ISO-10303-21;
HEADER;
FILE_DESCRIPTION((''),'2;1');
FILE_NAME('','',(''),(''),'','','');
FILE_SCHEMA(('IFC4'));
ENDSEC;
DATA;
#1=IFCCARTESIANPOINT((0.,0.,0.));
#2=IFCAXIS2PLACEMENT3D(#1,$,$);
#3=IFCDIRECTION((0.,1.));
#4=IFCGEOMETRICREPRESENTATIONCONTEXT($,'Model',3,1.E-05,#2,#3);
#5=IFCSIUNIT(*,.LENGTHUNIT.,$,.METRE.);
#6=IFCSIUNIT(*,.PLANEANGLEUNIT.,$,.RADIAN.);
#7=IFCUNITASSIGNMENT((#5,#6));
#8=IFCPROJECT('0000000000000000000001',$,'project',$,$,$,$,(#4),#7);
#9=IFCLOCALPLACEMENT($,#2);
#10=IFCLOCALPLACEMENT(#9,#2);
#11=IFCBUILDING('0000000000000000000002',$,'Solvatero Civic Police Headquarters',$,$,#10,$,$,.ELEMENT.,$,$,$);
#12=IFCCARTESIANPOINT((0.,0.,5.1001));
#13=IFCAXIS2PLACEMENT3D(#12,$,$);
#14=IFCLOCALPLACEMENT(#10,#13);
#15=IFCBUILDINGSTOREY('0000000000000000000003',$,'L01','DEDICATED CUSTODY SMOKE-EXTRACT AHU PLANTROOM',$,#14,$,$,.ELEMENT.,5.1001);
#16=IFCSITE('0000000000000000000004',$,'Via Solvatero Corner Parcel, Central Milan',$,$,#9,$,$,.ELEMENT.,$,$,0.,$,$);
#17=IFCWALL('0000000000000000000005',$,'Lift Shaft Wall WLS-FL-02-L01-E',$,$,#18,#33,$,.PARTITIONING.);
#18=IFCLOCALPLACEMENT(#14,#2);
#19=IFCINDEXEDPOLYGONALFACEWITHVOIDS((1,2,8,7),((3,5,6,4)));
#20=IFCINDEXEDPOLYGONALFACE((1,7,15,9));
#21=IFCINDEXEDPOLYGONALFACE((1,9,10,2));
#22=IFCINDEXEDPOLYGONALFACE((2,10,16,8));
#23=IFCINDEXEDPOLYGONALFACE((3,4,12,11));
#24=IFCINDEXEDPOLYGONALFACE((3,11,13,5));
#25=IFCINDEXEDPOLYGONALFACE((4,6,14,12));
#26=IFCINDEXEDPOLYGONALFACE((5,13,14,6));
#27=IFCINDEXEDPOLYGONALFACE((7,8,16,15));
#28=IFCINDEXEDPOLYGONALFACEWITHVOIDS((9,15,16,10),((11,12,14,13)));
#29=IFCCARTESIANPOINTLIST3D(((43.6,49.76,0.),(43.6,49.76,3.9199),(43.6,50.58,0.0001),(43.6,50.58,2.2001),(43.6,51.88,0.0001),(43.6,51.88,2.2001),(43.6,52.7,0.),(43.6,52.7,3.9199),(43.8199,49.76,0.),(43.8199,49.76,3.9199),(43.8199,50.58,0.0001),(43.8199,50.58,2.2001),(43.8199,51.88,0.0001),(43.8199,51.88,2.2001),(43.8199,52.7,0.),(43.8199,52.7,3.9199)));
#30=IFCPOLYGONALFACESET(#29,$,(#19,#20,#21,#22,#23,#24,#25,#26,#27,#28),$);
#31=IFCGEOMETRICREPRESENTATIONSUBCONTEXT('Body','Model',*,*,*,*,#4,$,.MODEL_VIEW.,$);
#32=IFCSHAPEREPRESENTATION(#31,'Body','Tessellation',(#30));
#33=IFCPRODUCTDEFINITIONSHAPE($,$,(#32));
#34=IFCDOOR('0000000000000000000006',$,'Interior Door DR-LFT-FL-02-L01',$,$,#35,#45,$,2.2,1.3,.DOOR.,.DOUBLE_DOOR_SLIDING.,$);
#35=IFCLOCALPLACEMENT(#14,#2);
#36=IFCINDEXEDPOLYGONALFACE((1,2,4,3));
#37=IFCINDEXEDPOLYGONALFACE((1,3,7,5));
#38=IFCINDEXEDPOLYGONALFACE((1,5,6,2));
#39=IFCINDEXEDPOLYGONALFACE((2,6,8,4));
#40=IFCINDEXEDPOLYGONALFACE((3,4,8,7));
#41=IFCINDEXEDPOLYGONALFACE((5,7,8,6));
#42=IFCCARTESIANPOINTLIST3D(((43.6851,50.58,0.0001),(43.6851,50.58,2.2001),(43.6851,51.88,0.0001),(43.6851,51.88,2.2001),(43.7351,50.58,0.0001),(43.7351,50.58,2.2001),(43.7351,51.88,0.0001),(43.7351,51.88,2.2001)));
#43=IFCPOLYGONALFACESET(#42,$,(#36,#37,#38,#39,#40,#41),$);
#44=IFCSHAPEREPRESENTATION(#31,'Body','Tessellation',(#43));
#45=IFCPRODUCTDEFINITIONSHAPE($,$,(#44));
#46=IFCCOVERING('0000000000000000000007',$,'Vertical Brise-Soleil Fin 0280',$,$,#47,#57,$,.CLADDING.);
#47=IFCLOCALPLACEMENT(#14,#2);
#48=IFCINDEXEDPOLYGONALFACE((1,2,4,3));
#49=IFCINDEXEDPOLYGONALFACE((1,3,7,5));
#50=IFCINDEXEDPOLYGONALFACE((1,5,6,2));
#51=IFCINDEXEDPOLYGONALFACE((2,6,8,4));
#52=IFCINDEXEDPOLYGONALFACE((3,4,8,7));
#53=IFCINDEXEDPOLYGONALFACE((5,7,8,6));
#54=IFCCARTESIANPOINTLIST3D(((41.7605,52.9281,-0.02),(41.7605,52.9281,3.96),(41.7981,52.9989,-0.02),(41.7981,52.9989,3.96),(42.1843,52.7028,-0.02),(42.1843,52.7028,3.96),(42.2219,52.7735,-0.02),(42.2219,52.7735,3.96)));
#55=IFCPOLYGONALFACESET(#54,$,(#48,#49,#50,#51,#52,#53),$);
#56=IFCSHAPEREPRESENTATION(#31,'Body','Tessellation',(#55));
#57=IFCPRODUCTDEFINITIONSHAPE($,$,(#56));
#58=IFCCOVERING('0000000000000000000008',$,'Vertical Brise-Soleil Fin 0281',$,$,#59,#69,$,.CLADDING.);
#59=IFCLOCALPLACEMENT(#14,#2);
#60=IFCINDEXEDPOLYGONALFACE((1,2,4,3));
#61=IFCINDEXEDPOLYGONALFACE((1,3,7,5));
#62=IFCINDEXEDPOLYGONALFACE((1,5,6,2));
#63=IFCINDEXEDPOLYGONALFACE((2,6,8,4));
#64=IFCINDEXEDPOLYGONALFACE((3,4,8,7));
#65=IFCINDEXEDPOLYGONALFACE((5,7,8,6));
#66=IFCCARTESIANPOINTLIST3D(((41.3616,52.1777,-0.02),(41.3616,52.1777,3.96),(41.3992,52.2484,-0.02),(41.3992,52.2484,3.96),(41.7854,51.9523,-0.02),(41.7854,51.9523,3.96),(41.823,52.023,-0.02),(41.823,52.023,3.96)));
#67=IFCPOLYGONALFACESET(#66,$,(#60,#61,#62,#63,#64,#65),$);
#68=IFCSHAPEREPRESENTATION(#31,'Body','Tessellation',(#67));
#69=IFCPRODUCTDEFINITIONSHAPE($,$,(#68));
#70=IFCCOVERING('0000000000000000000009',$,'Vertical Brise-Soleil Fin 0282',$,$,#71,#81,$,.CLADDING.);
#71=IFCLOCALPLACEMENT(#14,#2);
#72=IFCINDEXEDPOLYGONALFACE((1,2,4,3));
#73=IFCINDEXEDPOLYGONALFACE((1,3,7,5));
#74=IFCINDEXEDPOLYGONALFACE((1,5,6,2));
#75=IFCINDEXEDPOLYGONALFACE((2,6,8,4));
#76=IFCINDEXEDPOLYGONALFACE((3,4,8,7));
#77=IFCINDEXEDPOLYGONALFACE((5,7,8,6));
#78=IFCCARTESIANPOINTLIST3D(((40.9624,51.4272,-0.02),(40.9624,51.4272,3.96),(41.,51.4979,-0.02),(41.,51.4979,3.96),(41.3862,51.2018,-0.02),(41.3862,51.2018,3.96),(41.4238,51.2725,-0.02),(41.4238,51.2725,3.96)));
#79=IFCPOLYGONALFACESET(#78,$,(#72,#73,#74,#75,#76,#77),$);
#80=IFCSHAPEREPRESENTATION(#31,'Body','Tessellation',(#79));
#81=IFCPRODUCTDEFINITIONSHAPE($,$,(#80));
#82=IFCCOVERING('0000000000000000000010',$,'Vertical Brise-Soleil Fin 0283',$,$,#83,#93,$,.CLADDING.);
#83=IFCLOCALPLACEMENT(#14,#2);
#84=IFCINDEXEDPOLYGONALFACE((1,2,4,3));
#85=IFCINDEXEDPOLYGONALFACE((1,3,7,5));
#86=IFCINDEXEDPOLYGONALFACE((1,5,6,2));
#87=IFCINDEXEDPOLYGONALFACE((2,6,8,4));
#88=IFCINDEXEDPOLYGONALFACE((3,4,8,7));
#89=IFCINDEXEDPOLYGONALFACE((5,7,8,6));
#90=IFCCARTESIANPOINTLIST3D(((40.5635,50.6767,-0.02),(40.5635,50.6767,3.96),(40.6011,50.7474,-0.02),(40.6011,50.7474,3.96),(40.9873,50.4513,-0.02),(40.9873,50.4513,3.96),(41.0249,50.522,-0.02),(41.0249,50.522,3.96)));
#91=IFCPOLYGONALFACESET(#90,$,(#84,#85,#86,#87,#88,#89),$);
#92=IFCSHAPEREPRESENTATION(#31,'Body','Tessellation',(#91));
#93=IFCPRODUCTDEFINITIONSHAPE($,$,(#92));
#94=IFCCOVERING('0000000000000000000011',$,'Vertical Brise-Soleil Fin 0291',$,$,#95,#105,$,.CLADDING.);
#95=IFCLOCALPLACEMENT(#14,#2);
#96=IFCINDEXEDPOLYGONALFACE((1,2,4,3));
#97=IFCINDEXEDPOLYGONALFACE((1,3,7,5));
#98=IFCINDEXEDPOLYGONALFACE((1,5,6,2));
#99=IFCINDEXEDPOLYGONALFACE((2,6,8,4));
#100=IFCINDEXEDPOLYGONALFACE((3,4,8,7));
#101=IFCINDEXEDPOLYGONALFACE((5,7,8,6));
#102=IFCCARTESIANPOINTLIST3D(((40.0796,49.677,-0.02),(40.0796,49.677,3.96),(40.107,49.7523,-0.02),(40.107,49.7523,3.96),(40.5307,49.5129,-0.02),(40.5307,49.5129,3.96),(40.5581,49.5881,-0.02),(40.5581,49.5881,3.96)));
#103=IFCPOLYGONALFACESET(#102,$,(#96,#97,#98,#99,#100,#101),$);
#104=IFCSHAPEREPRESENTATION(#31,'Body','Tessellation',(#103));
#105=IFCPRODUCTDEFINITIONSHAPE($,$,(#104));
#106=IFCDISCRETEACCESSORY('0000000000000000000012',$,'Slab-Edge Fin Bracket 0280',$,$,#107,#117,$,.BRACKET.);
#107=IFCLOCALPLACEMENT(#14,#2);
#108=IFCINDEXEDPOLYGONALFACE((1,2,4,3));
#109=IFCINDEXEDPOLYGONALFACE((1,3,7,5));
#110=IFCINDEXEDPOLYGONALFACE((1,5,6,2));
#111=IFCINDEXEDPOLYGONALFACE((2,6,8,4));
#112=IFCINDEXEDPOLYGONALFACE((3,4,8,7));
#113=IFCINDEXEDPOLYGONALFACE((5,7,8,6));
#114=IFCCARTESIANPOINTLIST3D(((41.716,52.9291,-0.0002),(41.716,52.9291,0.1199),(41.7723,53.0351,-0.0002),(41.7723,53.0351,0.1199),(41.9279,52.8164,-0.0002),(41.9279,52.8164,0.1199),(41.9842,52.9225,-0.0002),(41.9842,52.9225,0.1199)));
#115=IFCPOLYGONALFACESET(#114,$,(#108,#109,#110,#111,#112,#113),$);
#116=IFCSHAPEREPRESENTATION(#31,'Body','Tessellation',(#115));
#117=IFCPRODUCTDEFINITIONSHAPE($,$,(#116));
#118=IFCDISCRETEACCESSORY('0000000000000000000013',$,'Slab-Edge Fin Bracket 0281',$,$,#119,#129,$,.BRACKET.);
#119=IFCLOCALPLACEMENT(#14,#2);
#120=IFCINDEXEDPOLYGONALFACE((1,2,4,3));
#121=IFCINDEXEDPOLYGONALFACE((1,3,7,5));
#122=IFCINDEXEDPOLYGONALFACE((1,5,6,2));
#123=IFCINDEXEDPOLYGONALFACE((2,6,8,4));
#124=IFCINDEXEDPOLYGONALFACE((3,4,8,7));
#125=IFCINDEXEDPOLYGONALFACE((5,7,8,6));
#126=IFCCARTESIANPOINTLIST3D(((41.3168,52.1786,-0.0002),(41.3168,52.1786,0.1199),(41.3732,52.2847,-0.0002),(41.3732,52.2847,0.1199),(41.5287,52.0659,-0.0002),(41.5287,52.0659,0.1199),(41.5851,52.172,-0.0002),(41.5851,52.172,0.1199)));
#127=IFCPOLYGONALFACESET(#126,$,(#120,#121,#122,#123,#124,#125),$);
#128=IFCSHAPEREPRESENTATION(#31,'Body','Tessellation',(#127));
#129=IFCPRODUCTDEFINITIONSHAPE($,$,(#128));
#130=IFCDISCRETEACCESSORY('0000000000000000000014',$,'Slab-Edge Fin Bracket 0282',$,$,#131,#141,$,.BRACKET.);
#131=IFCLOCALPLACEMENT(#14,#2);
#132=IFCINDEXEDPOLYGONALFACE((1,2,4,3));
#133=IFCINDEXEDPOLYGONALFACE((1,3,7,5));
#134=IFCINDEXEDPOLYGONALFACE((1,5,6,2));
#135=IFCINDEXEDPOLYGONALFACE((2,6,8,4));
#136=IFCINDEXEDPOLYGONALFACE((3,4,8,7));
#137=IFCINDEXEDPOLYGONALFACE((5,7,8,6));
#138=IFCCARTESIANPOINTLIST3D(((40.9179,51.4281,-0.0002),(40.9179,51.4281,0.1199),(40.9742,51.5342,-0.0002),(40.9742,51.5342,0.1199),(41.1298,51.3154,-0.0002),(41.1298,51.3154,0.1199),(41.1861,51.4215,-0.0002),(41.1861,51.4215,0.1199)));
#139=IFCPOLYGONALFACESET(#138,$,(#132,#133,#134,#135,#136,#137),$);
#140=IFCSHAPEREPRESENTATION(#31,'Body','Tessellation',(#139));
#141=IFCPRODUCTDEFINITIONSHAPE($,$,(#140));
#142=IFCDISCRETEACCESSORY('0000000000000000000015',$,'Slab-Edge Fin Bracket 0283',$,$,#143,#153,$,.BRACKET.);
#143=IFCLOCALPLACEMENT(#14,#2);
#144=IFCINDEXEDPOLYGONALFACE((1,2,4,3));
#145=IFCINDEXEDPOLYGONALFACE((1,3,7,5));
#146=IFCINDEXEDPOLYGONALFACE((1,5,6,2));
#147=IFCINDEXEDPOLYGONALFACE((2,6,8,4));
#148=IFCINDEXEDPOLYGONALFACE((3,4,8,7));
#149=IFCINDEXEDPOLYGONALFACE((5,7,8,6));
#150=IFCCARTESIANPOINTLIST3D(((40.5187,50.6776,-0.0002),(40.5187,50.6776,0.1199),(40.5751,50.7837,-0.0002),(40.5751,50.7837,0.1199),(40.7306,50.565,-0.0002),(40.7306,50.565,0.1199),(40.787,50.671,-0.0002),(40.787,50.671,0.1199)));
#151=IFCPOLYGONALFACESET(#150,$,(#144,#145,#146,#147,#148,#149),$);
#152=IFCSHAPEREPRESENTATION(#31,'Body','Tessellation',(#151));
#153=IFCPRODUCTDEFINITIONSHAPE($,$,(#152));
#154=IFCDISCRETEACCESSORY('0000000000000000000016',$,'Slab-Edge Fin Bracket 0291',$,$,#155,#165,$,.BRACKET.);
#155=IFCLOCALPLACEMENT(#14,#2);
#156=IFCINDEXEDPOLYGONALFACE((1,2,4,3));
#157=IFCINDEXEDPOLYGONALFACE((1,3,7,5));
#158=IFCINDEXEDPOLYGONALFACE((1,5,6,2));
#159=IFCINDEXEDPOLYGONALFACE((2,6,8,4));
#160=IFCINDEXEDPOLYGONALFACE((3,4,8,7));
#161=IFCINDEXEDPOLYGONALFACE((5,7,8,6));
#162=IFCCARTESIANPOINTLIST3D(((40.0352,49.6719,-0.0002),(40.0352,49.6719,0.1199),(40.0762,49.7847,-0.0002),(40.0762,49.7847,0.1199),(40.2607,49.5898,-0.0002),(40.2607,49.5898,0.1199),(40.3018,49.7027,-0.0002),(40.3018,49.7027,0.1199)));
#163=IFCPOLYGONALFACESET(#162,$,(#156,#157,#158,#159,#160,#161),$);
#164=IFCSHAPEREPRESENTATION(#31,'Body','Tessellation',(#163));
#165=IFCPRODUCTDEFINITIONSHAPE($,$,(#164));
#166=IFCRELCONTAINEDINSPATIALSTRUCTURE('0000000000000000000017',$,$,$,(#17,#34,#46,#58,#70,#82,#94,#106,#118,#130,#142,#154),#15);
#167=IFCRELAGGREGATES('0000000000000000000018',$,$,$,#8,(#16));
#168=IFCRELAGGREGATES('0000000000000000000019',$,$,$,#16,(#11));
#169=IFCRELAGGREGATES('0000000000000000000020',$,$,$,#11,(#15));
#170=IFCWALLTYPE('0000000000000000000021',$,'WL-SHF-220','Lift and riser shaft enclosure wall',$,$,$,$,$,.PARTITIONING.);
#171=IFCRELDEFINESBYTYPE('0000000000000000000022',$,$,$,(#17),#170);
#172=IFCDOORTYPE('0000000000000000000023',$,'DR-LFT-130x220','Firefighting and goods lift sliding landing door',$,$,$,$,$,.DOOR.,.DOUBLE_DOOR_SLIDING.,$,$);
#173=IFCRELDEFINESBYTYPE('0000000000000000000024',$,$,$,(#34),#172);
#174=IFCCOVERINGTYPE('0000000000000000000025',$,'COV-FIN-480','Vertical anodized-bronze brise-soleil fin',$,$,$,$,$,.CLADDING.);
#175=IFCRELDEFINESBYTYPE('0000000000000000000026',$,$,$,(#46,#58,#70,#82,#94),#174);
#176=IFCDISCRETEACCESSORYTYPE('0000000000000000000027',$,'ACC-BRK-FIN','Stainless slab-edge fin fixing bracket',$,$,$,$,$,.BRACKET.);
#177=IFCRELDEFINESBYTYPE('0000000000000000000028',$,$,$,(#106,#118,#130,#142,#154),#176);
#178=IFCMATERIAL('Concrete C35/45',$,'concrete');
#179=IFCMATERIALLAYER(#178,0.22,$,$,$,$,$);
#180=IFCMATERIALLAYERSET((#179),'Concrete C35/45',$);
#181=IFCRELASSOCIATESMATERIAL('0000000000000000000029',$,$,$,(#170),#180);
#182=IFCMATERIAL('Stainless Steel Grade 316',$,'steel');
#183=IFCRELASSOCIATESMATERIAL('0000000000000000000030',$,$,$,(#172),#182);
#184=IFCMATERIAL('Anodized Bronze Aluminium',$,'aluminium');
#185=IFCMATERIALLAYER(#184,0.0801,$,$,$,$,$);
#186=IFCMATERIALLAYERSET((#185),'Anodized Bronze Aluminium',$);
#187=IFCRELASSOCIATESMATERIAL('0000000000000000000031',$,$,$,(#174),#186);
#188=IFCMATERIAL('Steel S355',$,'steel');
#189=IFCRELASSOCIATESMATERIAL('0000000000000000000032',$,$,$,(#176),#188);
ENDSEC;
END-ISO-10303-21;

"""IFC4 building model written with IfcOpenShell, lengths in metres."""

from ifc_helpers import new_model, si_unit, direction, frame, frame_2d, origin, origin_2d, place, context, subcontext, project, spatial, rectangle, extrude, material, layer, layer_set, type_object, element, fill, save


model = new_model("IFC4")

# Units and contexts
model_context = context("Model", 3, precision=1e-05, world=origin(), true_north=direction((0.0, 1.0)))
body_context = subcontext(model_context, "Body", "Model", "MODEL_VIEW")
ifc_project = project(units=[si_unit("LENGTHUNIT", "METRE"), si_unit("PLANEANGLEUNIT", "RADIAN")], contexts=[model_context])

# Site, building, storey
site_placement = place(None, origin())
site = spatial("IfcSite", under=ifc_project, at=site_placement, Name="Via Solvatero Corner Parcel, Central Milan", CompositionType="ELEMENT", RefElevation=0.0)
building_placement = place(site_placement, origin())
building = spatial("IfcBuilding", under=site, at=building_placement, Name="Solvatero Civic Police Headquarters", CompositionType="ELEMENT")
storey_placement = place(building_placement, frame((0.0, 0.0, 5.1001)))
storey = spatial("IfcBuildingStorey", under=building, at=storey_placement, Name="L01", Description="DEDICATED CUSTODY SMOKE-EXTRACT AHU PLANTROOM", CompositionType="ELEMENT", Elevation=5.1001)

# Shared definitions
ifc_material_1 = material(Name="Anodized Bronze Aluminium", Category="aluminium")

# Shared definitions
ifc_material_2 = material(Name="Concrete C35/45", Category="concrete")
ifc_layer_1 = layer(ifc_material_2, 0.22)
ifc_layer_set_1 = layer_set([ifc_layer_1], Name="Concrete C35/45")
wall_type = type_object("IfcWallType", Name="WL-SHF-220", Description="Lift and riser shaft enclosure wall", PredefinedType="PARTITIONING", material=ifc_layer_set_1)

# Wall, opening, door
wall_1_placement = place(storey_placement, frame((43.71, 49.76, 0.0), z_axis=(0.0, 0.0, 1.0), x_axis=(0.0, 1.0, 0.0)))
wall_1 = element("IfcWall", 1, at=wall_1_placement, inside=storey, type_object=wall_type, Name="Lift Shaft Wall WLS-FL-02-L01-E", PredefinedType="PARTITIONING", context=body_context, shape_type="SweptSolid", body=[
    extrude(rectangle(XDim=2.9399, YDim=0.22, at=frame_2d((1.47, 0.0))), origin(), (0.0, 0.0, 1.0), 3.9199),
])
opening_placement = place(wall_1_placement, frame((0.8201, 0.0, 0.0)))
opening = element("IfcOpeningElement", 2, at=opening_placement, cuts=wall_1, PredefinedType="OPENING", context=body_context, shape_type="SweptSolid", body=[
    extrude(rectangle(XDim=1.3, YDim=2.2, at=frame_2d((0.6499, 1.1001))), frame((0.0, 0.1199, 0.0), z_axis=(0.0, -1.0, 0.0), x_axis=(1.0, 0.0, 0.0)), (0.0, 0.0, 1.0), 0.24),
])
ifc_material_3 = material(Name="Stainless Steel Grade 316", Category="steel")
door_type = type_object("IfcDoorType", Name="DR-LFT-130x220", Description="Firefighting and goods lift sliding landing door", OperationType="DOUBLE_DOOR_SLIDING", PredefinedType="DOOR", material=ifc_material_3)
door_placement = place(opening_placement, origin())
door = element("IfcDoor", 3, at=door_placement, inside=storey, type_object=door_type, Name="Interior Door DR-LFT-FL-02-L01", OperationType="DOUBLE_DOOR_SLIDING", OverallHeight=2.2, OverallWidth=1.3, PredefinedType="DOOR", context=body_context, shape_type="SweptSolid", body=[
    extrude(rectangle(XDim=1.3, YDim=2.2, at=frame_2d((0.6499, 1.1001))), frame((0.0, 0.0249, 0.0), z_axis=(0.0, -1.0, 0.0), x_axis=(1.0, 0.0, 0.0)), (0.0, 0.0, 1.0), 0.05),
])
fill(opening, door)

# Coverings
ifc_layer_2 = layer(ifc_material_1, 0.0801)
ifc_layer_set_2 = layer_set([ifc_layer_2], Name="Anodized Bronze Aluminium")
covering_type = type_object("IfcCoveringType", Name="COV-FIN-480", Description="Vertical anodized-bronze brise-soleil fin", PredefinedType="CLADDING", material=ifc_layer_set_2)
for number, where, z_axis, x_axis, name in (
    (4, (41.9912, 52.8508, -0.02), (0.0, 0.0, 1.0), (-0.469472, -0.882948, 0.0), "Vertical Brise-Soleil Fin 0280"),
    (5, (41.5923, 52.1003, -0.02), (0.0, 0.0, 1.0), (-0.469472, -0.882948, 0.0), "Vertical Brise-Soleil Fin 0281"),
    (6, (41.1931, 51.3499, -0.02), (0.0, 0.0, 1.0), (-0.469472, -0.882948, 0.0), "Vertical Brise-Soleil Fin 0282"),
    (7, (40.7942, 50.5994, -0.02), (0.0, 0.0, 1.0), (-0.469472, -0.882948, 0.0), "Vertical Brise-Soleil Fin 0283"),
    (8, (40.3188, 49.6326, -0.02), (0.0, 0.0, 1.0), (-0.34202, -0.939693, 0.0), "Vertical Brise-Soleil Fin 0291"),
):
    element("IfcCovering", number, at=place(storey_placement, frame(where, z_axis=z_axis, x_axis=x_axis)), inside=storey, type_object=covering_type, Name=name, PredefinedType="CLADDING", context=body_context, shape_type="SweptSolid", body=[
        extrude(rectangle(XDim=0.0801, YDim=0.48, at=origin_2d()), origin(), (0.0, 0.0, 1.0), 3.98),
    ])

# Discrete accessories
ifc_material_4 = material(Name="Steel S355", Category="steel")
discrete_accessory_type = type_object("IfcDiscreteAccessoryType", Name="ACC-BRK-FIN", Description="Stainless slab-edge fin fixing bracket", PredefinedType="BRACKET", material=ifc_material_4)
for number, where, z_axis, x_axis, name in (
    (9, (41.8501, 52.9258, -0.0002), (0.0, 0.0, 1.0), (-0.469472, -0.882948, 0.0), "Slab-Edge Fin Bracket 0280"),
    (10, (41.4509, 52.1753, -0.0002), (0.0, 0.0, 1.0), (-0.469472, -0.882948, 0.0), "Slab-Edge Fin Bracket 0281"),
    (11, (41.052, 51.4248, -0.0002), (0.0, 0.0, 1.0), (-0.469472, -0.882948, 0.0), "Slab-Edge Fin Bracket 0282"),
    (12, (40.6528, 50.6743, -0.0002), (0.0, 0.0, 1.0), (-0.469472, -0.882948, 0.0), "Slab-Edge Fin Bracket 0283"),
    (13, (40.1685, 49.6873, -0.0002), (0.0, 0.0, 1.0), (-0.34202, -0.939693, 0.0), "Slab-Edge Fin Bracket 0291"),
):
    element("IfcDiscreteAccessory", number, at=place(storey_placement, frame(where, z_axis=z_axis, x_axis=x_axis)), inside=storey, type_object=discrete_accessory_type, Name=name, PredefinedType="BRACKET", context=body_context, shape_type="SweptSolid", body=[
        extrude(rectangle(XDim=0.1201, YDim=0.24, at=origin_2d()), origin(), (0.0, 0.0, 1.0), 0.1201),
    ])

save(model, "model.ifc")
